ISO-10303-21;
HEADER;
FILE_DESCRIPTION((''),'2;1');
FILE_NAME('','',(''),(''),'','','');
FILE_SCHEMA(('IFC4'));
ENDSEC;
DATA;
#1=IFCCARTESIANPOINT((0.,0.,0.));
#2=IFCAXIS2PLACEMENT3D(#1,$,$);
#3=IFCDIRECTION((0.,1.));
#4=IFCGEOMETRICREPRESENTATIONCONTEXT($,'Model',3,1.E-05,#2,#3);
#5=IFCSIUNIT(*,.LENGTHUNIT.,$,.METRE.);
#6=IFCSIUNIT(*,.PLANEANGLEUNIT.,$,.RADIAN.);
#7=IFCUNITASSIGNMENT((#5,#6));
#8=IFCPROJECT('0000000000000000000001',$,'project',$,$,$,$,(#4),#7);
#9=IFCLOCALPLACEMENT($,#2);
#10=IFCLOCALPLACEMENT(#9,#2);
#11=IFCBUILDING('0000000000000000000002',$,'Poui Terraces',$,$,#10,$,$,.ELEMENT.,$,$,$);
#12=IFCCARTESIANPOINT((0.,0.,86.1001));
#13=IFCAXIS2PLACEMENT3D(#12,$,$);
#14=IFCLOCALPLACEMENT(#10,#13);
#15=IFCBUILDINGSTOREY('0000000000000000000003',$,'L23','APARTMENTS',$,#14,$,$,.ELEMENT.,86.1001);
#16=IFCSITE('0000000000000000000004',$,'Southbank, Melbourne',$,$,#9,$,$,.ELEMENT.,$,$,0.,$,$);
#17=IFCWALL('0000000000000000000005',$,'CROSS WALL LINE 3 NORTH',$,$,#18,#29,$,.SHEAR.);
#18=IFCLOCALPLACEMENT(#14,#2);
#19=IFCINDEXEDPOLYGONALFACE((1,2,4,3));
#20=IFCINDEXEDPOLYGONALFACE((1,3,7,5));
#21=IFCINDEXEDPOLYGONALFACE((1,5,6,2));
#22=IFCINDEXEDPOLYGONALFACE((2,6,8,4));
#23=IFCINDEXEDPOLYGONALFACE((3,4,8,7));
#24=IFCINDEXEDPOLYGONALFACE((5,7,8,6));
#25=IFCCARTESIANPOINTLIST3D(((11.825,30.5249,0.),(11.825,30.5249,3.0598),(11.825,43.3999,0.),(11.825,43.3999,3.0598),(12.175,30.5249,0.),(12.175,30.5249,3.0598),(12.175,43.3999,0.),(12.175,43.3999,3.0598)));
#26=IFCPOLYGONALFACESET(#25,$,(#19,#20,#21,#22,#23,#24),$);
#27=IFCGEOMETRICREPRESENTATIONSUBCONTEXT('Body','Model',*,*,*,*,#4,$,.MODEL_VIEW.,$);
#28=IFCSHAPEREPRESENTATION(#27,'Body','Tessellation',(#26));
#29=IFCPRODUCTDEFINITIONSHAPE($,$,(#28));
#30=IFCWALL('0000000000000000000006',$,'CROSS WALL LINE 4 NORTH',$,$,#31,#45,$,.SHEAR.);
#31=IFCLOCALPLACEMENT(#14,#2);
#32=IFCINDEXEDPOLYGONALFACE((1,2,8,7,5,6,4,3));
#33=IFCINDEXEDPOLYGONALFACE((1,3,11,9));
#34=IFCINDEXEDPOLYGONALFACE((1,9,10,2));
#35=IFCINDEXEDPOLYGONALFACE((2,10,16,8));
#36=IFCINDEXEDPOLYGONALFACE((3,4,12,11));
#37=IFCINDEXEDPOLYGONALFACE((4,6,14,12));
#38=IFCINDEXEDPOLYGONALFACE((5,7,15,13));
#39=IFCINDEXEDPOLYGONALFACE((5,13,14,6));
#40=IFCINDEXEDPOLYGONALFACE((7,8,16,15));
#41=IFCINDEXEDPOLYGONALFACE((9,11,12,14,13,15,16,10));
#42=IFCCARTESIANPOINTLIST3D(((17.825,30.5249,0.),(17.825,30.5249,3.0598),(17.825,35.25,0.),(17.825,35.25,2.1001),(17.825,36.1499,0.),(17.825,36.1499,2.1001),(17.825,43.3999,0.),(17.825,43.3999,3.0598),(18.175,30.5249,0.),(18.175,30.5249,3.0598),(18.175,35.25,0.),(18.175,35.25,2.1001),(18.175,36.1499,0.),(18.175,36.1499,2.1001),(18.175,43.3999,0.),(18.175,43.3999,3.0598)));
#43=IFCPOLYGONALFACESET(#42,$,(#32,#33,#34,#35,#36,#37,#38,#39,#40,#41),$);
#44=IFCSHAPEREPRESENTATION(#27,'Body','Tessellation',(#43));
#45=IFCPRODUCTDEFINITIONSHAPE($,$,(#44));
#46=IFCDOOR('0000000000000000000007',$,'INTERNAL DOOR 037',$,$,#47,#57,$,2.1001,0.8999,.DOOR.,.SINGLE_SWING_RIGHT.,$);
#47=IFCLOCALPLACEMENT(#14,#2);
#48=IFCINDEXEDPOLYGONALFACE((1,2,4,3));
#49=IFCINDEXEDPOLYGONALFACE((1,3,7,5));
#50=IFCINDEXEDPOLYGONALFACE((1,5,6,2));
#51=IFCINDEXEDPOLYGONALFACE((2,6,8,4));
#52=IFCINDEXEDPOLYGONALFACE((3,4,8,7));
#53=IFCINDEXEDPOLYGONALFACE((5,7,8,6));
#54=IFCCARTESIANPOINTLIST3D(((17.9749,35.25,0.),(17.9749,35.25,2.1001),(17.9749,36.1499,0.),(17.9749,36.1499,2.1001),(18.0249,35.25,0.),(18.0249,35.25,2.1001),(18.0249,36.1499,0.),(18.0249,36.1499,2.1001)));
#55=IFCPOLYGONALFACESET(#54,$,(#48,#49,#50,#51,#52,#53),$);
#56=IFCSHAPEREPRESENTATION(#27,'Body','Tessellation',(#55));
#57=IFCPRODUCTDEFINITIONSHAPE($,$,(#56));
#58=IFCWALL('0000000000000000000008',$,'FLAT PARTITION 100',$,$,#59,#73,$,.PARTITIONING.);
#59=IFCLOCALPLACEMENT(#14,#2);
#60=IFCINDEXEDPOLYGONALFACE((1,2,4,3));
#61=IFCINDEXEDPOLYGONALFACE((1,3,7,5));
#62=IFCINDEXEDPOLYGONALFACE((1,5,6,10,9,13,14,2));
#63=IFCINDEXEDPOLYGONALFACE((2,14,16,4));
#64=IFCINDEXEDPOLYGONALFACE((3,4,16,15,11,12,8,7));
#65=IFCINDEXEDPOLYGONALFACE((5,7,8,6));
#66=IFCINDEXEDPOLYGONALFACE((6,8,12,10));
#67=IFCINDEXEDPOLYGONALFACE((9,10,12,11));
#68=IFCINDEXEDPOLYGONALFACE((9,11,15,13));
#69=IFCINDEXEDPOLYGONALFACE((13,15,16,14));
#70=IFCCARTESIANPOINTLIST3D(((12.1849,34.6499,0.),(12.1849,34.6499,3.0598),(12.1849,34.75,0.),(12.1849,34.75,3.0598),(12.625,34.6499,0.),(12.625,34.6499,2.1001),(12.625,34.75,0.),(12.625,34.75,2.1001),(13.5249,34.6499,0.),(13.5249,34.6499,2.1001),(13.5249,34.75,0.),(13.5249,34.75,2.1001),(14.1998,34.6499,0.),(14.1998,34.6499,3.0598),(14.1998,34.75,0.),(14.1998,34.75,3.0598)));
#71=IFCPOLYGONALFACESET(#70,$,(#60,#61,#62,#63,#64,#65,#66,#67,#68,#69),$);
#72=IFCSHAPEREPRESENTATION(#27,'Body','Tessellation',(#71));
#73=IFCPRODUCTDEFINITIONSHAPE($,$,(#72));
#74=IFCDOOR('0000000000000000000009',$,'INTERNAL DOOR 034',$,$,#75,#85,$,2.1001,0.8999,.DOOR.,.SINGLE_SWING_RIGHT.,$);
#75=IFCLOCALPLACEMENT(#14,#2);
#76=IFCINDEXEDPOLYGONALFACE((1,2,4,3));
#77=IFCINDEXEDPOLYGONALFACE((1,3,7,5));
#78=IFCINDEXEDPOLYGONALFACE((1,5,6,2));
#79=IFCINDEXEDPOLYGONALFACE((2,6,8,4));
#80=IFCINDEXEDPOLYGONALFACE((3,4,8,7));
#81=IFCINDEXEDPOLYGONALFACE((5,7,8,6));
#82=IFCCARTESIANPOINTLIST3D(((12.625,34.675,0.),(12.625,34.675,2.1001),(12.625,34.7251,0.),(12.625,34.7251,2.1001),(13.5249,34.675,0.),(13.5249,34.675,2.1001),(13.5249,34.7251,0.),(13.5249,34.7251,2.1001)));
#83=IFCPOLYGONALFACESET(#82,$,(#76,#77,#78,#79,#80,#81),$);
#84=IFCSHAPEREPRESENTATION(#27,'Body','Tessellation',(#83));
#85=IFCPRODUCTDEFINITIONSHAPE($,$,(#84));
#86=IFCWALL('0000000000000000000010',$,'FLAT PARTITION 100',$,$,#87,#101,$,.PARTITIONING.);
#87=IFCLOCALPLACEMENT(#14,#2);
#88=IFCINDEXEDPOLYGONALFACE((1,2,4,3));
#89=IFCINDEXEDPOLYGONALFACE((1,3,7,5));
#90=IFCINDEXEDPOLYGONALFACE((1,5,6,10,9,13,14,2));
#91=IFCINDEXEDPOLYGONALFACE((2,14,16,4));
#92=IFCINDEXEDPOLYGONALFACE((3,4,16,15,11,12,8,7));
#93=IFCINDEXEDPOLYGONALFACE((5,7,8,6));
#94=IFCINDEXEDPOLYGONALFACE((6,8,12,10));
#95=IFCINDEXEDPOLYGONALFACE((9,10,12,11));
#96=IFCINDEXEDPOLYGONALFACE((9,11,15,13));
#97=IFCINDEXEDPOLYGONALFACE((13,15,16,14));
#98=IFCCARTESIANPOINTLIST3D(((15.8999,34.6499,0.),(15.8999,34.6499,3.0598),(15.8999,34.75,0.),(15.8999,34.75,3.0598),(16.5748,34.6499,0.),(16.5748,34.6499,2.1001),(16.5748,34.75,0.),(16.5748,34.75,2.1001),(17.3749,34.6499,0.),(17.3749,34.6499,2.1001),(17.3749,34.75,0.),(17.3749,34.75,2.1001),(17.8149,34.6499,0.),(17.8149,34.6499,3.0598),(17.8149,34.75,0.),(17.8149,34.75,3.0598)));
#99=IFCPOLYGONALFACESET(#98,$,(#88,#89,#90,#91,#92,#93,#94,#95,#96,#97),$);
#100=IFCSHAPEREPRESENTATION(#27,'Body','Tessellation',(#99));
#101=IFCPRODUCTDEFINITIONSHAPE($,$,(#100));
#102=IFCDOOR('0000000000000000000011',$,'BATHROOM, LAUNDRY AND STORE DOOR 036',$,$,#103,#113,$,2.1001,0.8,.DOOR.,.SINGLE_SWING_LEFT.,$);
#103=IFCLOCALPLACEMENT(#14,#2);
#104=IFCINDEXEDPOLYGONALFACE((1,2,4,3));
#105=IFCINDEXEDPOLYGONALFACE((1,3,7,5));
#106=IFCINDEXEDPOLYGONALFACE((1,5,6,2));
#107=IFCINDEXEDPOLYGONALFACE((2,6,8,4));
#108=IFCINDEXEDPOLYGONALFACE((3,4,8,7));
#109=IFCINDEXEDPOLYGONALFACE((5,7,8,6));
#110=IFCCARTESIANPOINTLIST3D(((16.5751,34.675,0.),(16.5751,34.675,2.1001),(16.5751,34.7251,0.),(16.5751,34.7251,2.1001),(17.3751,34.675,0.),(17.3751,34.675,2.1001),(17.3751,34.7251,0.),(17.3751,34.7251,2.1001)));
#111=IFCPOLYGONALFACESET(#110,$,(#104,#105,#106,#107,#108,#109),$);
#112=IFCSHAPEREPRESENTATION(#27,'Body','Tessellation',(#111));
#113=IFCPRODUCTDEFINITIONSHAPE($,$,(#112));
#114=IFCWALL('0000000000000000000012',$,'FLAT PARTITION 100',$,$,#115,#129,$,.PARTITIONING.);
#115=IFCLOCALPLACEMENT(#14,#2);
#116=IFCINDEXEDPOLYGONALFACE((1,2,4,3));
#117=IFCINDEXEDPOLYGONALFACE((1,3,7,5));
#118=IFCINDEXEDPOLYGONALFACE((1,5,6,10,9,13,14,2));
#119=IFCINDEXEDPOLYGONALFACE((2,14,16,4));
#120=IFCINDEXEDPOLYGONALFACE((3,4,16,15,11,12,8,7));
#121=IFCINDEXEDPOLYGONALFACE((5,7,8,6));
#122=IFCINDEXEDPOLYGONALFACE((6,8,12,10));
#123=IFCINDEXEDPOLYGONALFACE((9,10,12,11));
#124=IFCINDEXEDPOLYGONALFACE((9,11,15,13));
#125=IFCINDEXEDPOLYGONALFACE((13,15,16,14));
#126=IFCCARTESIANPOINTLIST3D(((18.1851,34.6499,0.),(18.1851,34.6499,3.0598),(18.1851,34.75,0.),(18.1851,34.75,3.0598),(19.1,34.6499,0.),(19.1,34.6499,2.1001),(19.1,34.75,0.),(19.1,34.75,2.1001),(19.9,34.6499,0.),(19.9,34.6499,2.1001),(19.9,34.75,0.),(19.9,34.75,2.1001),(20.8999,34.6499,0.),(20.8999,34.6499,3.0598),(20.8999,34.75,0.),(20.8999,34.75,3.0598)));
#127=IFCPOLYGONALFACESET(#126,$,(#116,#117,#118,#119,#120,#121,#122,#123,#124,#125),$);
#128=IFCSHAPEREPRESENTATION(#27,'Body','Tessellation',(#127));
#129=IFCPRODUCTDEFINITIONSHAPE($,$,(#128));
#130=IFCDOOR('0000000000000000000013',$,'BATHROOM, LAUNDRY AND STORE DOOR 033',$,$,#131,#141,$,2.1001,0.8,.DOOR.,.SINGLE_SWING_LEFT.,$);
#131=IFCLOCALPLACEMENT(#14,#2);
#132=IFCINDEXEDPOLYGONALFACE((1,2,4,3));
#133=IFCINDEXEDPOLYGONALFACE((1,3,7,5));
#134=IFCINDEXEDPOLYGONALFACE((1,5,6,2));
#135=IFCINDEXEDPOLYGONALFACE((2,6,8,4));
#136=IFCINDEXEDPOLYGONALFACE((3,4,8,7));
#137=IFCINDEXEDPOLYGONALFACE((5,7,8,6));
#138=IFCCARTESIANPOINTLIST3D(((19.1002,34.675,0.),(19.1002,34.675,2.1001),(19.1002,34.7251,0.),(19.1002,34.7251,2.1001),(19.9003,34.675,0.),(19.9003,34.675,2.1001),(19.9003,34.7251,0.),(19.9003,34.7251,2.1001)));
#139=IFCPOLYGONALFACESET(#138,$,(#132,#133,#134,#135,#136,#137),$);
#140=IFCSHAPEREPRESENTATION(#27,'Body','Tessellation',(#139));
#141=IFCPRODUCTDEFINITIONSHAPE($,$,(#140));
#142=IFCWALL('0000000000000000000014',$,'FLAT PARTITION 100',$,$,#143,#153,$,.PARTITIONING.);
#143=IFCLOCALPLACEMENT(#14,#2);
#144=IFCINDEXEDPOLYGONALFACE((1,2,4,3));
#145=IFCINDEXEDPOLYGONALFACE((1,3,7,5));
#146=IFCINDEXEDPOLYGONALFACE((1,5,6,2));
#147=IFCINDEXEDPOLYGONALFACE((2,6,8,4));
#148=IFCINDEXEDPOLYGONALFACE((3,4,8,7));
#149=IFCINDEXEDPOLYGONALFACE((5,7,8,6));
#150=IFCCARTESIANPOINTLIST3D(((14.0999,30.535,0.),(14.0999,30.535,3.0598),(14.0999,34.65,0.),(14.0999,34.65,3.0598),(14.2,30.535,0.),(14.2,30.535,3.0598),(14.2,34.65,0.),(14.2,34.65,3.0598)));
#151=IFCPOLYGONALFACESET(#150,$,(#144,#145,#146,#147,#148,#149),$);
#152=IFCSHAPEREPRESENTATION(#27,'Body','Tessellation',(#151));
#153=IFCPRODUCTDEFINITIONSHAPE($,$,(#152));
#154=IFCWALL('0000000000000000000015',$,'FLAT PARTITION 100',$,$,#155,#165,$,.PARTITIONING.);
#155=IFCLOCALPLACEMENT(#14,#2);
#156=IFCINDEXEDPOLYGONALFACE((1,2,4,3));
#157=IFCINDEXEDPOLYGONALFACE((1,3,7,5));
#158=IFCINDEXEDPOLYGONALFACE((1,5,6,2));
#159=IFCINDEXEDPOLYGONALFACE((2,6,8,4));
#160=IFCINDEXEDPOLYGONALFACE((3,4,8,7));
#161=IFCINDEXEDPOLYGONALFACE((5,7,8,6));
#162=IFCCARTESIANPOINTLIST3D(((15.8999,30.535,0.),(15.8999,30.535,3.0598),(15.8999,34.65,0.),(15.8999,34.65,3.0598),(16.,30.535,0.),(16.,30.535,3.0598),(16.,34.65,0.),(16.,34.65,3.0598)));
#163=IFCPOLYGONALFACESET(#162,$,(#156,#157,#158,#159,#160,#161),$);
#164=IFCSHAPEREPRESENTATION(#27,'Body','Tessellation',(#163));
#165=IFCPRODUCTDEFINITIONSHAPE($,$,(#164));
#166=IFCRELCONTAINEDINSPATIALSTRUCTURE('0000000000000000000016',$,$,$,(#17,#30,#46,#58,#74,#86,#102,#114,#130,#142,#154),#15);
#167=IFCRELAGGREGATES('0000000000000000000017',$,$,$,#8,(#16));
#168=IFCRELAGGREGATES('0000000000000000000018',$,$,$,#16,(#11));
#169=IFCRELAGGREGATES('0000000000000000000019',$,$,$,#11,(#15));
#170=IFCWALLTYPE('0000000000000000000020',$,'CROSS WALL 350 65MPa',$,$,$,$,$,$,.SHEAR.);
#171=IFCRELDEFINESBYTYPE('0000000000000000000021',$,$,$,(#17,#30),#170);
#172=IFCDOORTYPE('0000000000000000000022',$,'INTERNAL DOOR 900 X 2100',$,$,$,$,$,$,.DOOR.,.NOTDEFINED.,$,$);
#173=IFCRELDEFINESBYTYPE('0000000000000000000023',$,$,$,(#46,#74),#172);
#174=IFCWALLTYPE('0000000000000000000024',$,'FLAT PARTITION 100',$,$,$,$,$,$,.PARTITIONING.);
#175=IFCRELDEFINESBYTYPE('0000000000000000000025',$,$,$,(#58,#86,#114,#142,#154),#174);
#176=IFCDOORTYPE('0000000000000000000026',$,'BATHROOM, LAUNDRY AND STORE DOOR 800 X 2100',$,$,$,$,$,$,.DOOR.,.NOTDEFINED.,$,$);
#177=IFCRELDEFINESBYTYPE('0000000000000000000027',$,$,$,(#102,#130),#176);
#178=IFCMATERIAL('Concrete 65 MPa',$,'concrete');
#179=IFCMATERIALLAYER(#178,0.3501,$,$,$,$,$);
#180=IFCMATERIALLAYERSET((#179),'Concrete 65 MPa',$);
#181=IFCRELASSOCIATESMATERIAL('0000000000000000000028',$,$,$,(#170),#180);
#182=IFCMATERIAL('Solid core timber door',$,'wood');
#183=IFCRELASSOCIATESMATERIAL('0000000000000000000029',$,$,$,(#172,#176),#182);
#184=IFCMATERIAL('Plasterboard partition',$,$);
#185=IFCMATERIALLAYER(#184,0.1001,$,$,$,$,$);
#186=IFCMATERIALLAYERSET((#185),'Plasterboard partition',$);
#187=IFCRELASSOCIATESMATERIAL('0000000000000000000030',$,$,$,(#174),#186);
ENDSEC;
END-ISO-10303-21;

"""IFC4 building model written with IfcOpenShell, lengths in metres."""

from ifc_helpers import new_model, si_unit, direction, frame, frame_2d, origin, place, context, subcontext, project, spatial, rectangle, extrude, material, layer, layer_set, type_object, element, fill, save


model = new_model("IFC4")

# Units and contexts
model_context = context("Model", 3, precision=1e-05, world=origin(), true_north=direction((0.0, 1.0)))
body_context = subcontext(model_context, "Body", "Model", "MODEL_VIEW")
ifc_project = project(units=[si_unit("LENGTHUNIT", "METRE"), si_unit("PLANEANGLEUNIT", "RADIAN")], contexts=[model_context])

# Site, building, storey
site_placement = place(None, origin())
site = spatial("IfcSite", under=ifc_project, at=site_placement, Name="Southbank, Melbourne", CompositionType="ELEMENT", RefElevation=0.0)
building_placement = place(site_placement, origin())
building = spatial("IfcBuilding", under=site, at=building_placement, Name="Poui Terraces", CompositionType="ELEMENT")
storey_placement = place(building_placement, frame((0.0, 0.0, 86.1001)))
storey = spatial("IfcBuildingStorey", under=building, at=storey_placement, Name="L23", Description="APARTMENTS", CompositionType="ELEMENT", Elevation=86.1001)

# Wall
ifc_material_1 = material(Name="Concrete 65 MPa", Category="concrete")
ifc_layer_1 = layer(ifc_material_1, 0.3501)
ifc_layer_set_1 = layer_set([ifc_layer_1], Name="Concrete 65 MPa")
wall_type_1 = type_object("IfcWallType", Name="CROSS WALL 350 65MPa", PredefinedType="SHEAR", material=ifc_layer_set_1)
wall_1_placement = place(storey_placement, frame((12.0, 30.5249, 0.0), z_axis=(0.0, 0.0, 1.0), x_axis=(0.0, 1.0, 0.0)))
element("IfcWall", 1, at=wall_1_placement, inside=storey, type_object=wall_type_1, Name="CROSS WALL LINE 3 NORTH", PredefinedType="SHEAR", context=body_context, shape_type="SweptSolid", body=[
    extrude(rectangle(XDim=12.875, YDim=0.3501, at=frame_2d((6.4375, 0.0))), origin(), (0.0, 0.0, 1.0), 3.0598),
])

# Walls, openings, doors
wall_2_placement = place(storey_placement, frame((18.0, 30.5249, 0.0), z_axis=(0.0, 0.0, 1.0), x_axis=(0.0, 1.0, 0.0)))
wall_2 = element("IfcWall", 2, at=wall_2_placement, inside=storey, type_object=wall_type_1, Name="CROSS WALL LINE 4 NORTH", PredefinedType="SHEAR", context=body_context, shape_type="SweptSolid", body=[
    extrude(rectangle(XDim=12.875, YDim=0.3501, at=frame_2d((6.4375, 0.0))), origin(), (0.0, 0.0, 1.0), 3.0598),
])
opening_1_placement = place(wall_2_placement, frame((4.7251, 0.0, 0.0)))
opening_1 = element("IfcOpeningElement", 3, at=opening_1_placement, cuts=wall_2, PredefinedType="OPENING", context=body_context, shape_type="SweptSolid", body=[
    extrude(rectangle(XDim=0.8999, YDim=2.1001, at=frame_2d((0.45, 1.05))), frame((0.0, 0.1851, 0.0), z_axis=(0.0, -1.0, 0.0), x_axis=(1.0, 0.0, 0.0)), (0.0, 0.0, 1.0), 0.3701),
])
ifc_material_2 = material(Name="Solid core timber door", Category="wood")
door_type_1 = type_object("IfcDoorType", Name="INTERNAL DOOR 900 X 2100", OperationType="NOTDEFINED", PredefinedType="DOOR", material=ifc_material_2)
door_1_placement = place(opening_1_placement, frame((0.8999, 0.0, 0.0), z_axis=(0.0, 0.0, 1.0), x_axis=(-1.0, 0.0, 0.0)))
door_1 = element("IfcDoor", 4, at=door_1_placement, inside=storey, type_object=door_type_1, Name="INTERNAL DOOR 037", OperationType="SINGLE_SWING_RIGHT", OverallHeight=2.1001, OverallWidth=0.8999, PredefinedType="DOOR", context=body_context, shape_type="SweptSolid", body=[
    extrude(rectangle(XDim=0.8999, YDim=2.1001, at=frame_2d((0.45, 1.05))), frame((0.0, 0.0249, 0.0), z_axis=(0.0, -1.0, 0.0), x_axis=(1.0, 0.0, 0.0)), (0.0, 0.0, 1.0), 0.05),
])
fill(opening_1, door_1)
ifc_material_3 = material(Name="Plasterboard partition")
ifc_layer_2 = layer(ifc_material_3, 0.1001)
ifc_layer_set_2 = layer_set([ifc_layer_2], Name="Plasterboard partition")
wall_type_2 = type_object("IfcWallType", Name="FLAT PARTITION 100", PredefinedType="PARTITIONING", material=ifc_layer_set_2)
wall_3_placement = place(storey_placement, frame((12.1851, 34.7, 0.0), z_axis=(0.0, 0.0, 1.0), x_axis=(1.0, 0.0, 0.0)))
wall_3 = element("IfcWall", 5, at=wall_3_placement, inside=storey, type_object=wall_type_2, Name="FLAT PARTITION 100", PredefinedType="PARTITIONING", context=body_context, shape_type="SweptSolid", body=[
    extrude(rectangle(XDim=2.0149, YDim=0.1001, at=frame_2d((1.0073, 0.0))), origin(), (0.0, 0.0, 1.0), 3.0598),
])
opening_2_placement = place(wall_3_placement, frame((0.4399, 0.0, 0.0)))
opening_2 = element("IfcOpeningElement", 6, at=opening_2_placement, cuts=wall_3, PredefinedType="OPENING", context=body_context, shape_type="SweptSolid", body=[
    extrude(rectangle(XDim=0.8999, YDim=2.1001, at=frame_2d((0.45, 1.05))), frame((0.0, 0.0601, 0.0), z_axis=(0.0, -1.0, 0.0), x_axis=(1.0, 0.0, 0.0)), (0.0, 0.0, 1.0), 0.1201),
])
door_2_placement = place(opening_2_placement, frame((0.8999, 0.0, 0.0), z_axis=(0.0, 0.0, 1.0), x_axis=(-1.0, 0.0, 0.0)))
door_2 = element("IfcDoor", 7, at=door_2_placement, inside=storey, type_object=door_type_1, Name="INTERNAL DOOR 034", OperationType="SINGLE_SWING_RIGHT", OverallHeight=2.1001, OverallWidth=0.8999, PredefinedType="DOOR", context=body_context, shape_type="SweptSolid", body=[
    extrude(rectangle(XDim=0.8999, YDim=2.1001, at=frame_2d((0.45, 1.05))), frame((0.0, 0.0249, 0.0), z_axis=(0.0, -1.0, 0.0), x_axis=(1.0, 0.0, 0.0)), (0.0, 0.0, 1.0), 0.05),
])
fill(opening_2, door_2)
wall_4_placement = place(storey_placement, frame((15.8999, 34.7, 0.0), z_axis=(0.0, 0.0, 1.0), x_axis=(1.0, 0.0, 0.0)))
wall_4 = element("IfcWall", 8, at=wall_4_placement, inside=storey, type_object=wall_type_2, Name="FLAT PARTITION 100", PredefinedType="PARTITIONING", context=body_context, shape_type="SweptSolid", body=[
    extrude(rectangle(XDim=1.915, YDim=0.1001, at=frame_2d((0.9575, 0.0))), origin(), (0.0, 0.0, 1.0), 3.0598),
])
opening_3_placement = place(wall_4_placement, frame((0.675, 0.0, 0.0)))
opening_3 = element("IfcOpeningElement", 9, at=opening_3_placement, cuts=wall_4, PredefinedType="OPENING", context=body_context, shape_type="SweptSolid", body=[
    extrude(rectangle(XDim=0.8, YDim=2.1001, at=frame_2d((0.3999, 1.05))), frame((0.0, 0.0601, 0.0), z_axis=(0.0, -1.0, 0.0), x_axis=(1.0, 0.0, 0.0)), (0.0, 0.0, 1.0), 0.1201),
])
door_type_2 = type_object("IfcDoorType", Name="BATHROOM, LAUNDRY AND STORE DOOR 800 X 2100", OperationType="NOTDEFINED", PredefinedType="DOOR", material=ifc_material_2)
door_3_placement = place(opening_3_placement, frame((0.8, 0.0, 0.0), z_axis=(0.0, 0.0, 1.0), x_axis=(-1.0, 0.0, 0.0)))
door_3 = element("IfcDoor", 10, at=door_3_placement, inside=storey, type_object=door_type_2, Name="BATHROOM, LAUNDRY AND STORE DOOR 036", OperationType="SINGLE_SWING_LEFT", OverallHeight=2.1001, OverallWidth=0.8, PredefinedType="DOOR", context=body_context, shape_type="SweptSolid", body=[
    extrude(rectangle(XDim=0.8, YDim=2.1001, at=frame_2d((0.3999, 1.05))), frame((0.0, 0.0249, 0.0), z_axis=(0.0, -1.0, 0.0), x_axis=(1.0, 0.0, 0.0)), (0.0, 0.0, 1.0), 0.05),
])
fill(opening_3, door_3)
wall_5_placement = place(storey_placement, frame((18.1851, 34.7, 0.0), z_axis=(0.0, 0.0, 1.0), x_axis=(1.0, 0.0, 0.0)))
wall_5 = element("IfcWall", 11, at=wall_5_placement, inside=storey, type_object=wall_type_2, Name="FLAT PARTITION 100", PredefinedType="PARTITIONING", context=body_context, shape_type="SweptSolid", body=[
    extrude(rectangle(XDim=2.7148, YDim=0.1001, at=frame_2d((1.3574, 0.0))), origin(), (0.0, 0.0, 1.0), 3.0598),
])
opening_4_placement = place(wall_5_placement, frame((0.915, 0.0, 0.0)))
opening_4 = element("IfcOpeningElement", 12, at=opening_4_placement, cuts=wall_5, PredefinedType="OPENING", context=body_context, shape_type="SweptSolid", body=[
    extrude(rectangle(XDim=0.8, YDim=2.1001, at=frame_2d((0.3999, 1.05))), frame((0.0, 0.0601, 0.0), z_axis=(0.0, -1.0, 0.0), x_axis=(1.0, 0.0, 0.0)), (0.0, 0.0, 1.0), 0.1201),
])
door_4_placement = place(opening_4_placement, frame((0.8, 0.0, 0.0), z_axis=(0.0, 0.0, 1.0), x_axis=(-1.0, 0.0, 0.0)))
door_4 = element("IfcDoor", 13, at=door_4_placement, inside=storey, type_object=door_type_2, Name="BATHROOM, LAUNDRY AND STORE DOOR 033", OperationType="SINGLE_SWING_LEFT", OverallHeight=2.1001, OverallWidth=0.8, PredefinedType="DOOR", context=body_context, shape_type="SweptSolid", body=[
    extrude(rectangle(XDim=0.8, YDim=2.1001, at=frame_2d((0.3999, 1.05))), frame((0.0, 0.0249, 0.0), z_axis=(0.0, -1.0, 0.0), x_axis=(1.0, 0.0, 0.0)), (0.0, 0.0, 1.0), 0.05),
])
fill(opening_4, door_4)

# Walls
for number, where, z_axis, x_axis, name in (
    (14, (14.1499, 30.5349, 0.0), (0.0, 0.0, 1.0), (0.0, 1.0, 0.0), "FLAT PARTITION 100"),
    (15, (15.95, 30.5349, 0.0), (0.0, 0.0, 1.0), (0.0, 1.0, 0.0), "FLAT PARTITION 100"),
):
    element("IfcWall", number, at=place(storey_placement, frame(where, z_axis=z_axis, x_axis=x_axis)), inside=storey, type_object=wall_type_2, Name=name, PredefinedType="PARTITIONING", context=body_context, shape_type="SweptSolid", body=[
        extrude(rectangle(XDim=4.115, YDim=0.1001, at=frame_2d((2.0576, 0.0))), origin(), (0.0, 0.0, 1.0), 3.0598),
    ])

save(model, "model.ifc")
